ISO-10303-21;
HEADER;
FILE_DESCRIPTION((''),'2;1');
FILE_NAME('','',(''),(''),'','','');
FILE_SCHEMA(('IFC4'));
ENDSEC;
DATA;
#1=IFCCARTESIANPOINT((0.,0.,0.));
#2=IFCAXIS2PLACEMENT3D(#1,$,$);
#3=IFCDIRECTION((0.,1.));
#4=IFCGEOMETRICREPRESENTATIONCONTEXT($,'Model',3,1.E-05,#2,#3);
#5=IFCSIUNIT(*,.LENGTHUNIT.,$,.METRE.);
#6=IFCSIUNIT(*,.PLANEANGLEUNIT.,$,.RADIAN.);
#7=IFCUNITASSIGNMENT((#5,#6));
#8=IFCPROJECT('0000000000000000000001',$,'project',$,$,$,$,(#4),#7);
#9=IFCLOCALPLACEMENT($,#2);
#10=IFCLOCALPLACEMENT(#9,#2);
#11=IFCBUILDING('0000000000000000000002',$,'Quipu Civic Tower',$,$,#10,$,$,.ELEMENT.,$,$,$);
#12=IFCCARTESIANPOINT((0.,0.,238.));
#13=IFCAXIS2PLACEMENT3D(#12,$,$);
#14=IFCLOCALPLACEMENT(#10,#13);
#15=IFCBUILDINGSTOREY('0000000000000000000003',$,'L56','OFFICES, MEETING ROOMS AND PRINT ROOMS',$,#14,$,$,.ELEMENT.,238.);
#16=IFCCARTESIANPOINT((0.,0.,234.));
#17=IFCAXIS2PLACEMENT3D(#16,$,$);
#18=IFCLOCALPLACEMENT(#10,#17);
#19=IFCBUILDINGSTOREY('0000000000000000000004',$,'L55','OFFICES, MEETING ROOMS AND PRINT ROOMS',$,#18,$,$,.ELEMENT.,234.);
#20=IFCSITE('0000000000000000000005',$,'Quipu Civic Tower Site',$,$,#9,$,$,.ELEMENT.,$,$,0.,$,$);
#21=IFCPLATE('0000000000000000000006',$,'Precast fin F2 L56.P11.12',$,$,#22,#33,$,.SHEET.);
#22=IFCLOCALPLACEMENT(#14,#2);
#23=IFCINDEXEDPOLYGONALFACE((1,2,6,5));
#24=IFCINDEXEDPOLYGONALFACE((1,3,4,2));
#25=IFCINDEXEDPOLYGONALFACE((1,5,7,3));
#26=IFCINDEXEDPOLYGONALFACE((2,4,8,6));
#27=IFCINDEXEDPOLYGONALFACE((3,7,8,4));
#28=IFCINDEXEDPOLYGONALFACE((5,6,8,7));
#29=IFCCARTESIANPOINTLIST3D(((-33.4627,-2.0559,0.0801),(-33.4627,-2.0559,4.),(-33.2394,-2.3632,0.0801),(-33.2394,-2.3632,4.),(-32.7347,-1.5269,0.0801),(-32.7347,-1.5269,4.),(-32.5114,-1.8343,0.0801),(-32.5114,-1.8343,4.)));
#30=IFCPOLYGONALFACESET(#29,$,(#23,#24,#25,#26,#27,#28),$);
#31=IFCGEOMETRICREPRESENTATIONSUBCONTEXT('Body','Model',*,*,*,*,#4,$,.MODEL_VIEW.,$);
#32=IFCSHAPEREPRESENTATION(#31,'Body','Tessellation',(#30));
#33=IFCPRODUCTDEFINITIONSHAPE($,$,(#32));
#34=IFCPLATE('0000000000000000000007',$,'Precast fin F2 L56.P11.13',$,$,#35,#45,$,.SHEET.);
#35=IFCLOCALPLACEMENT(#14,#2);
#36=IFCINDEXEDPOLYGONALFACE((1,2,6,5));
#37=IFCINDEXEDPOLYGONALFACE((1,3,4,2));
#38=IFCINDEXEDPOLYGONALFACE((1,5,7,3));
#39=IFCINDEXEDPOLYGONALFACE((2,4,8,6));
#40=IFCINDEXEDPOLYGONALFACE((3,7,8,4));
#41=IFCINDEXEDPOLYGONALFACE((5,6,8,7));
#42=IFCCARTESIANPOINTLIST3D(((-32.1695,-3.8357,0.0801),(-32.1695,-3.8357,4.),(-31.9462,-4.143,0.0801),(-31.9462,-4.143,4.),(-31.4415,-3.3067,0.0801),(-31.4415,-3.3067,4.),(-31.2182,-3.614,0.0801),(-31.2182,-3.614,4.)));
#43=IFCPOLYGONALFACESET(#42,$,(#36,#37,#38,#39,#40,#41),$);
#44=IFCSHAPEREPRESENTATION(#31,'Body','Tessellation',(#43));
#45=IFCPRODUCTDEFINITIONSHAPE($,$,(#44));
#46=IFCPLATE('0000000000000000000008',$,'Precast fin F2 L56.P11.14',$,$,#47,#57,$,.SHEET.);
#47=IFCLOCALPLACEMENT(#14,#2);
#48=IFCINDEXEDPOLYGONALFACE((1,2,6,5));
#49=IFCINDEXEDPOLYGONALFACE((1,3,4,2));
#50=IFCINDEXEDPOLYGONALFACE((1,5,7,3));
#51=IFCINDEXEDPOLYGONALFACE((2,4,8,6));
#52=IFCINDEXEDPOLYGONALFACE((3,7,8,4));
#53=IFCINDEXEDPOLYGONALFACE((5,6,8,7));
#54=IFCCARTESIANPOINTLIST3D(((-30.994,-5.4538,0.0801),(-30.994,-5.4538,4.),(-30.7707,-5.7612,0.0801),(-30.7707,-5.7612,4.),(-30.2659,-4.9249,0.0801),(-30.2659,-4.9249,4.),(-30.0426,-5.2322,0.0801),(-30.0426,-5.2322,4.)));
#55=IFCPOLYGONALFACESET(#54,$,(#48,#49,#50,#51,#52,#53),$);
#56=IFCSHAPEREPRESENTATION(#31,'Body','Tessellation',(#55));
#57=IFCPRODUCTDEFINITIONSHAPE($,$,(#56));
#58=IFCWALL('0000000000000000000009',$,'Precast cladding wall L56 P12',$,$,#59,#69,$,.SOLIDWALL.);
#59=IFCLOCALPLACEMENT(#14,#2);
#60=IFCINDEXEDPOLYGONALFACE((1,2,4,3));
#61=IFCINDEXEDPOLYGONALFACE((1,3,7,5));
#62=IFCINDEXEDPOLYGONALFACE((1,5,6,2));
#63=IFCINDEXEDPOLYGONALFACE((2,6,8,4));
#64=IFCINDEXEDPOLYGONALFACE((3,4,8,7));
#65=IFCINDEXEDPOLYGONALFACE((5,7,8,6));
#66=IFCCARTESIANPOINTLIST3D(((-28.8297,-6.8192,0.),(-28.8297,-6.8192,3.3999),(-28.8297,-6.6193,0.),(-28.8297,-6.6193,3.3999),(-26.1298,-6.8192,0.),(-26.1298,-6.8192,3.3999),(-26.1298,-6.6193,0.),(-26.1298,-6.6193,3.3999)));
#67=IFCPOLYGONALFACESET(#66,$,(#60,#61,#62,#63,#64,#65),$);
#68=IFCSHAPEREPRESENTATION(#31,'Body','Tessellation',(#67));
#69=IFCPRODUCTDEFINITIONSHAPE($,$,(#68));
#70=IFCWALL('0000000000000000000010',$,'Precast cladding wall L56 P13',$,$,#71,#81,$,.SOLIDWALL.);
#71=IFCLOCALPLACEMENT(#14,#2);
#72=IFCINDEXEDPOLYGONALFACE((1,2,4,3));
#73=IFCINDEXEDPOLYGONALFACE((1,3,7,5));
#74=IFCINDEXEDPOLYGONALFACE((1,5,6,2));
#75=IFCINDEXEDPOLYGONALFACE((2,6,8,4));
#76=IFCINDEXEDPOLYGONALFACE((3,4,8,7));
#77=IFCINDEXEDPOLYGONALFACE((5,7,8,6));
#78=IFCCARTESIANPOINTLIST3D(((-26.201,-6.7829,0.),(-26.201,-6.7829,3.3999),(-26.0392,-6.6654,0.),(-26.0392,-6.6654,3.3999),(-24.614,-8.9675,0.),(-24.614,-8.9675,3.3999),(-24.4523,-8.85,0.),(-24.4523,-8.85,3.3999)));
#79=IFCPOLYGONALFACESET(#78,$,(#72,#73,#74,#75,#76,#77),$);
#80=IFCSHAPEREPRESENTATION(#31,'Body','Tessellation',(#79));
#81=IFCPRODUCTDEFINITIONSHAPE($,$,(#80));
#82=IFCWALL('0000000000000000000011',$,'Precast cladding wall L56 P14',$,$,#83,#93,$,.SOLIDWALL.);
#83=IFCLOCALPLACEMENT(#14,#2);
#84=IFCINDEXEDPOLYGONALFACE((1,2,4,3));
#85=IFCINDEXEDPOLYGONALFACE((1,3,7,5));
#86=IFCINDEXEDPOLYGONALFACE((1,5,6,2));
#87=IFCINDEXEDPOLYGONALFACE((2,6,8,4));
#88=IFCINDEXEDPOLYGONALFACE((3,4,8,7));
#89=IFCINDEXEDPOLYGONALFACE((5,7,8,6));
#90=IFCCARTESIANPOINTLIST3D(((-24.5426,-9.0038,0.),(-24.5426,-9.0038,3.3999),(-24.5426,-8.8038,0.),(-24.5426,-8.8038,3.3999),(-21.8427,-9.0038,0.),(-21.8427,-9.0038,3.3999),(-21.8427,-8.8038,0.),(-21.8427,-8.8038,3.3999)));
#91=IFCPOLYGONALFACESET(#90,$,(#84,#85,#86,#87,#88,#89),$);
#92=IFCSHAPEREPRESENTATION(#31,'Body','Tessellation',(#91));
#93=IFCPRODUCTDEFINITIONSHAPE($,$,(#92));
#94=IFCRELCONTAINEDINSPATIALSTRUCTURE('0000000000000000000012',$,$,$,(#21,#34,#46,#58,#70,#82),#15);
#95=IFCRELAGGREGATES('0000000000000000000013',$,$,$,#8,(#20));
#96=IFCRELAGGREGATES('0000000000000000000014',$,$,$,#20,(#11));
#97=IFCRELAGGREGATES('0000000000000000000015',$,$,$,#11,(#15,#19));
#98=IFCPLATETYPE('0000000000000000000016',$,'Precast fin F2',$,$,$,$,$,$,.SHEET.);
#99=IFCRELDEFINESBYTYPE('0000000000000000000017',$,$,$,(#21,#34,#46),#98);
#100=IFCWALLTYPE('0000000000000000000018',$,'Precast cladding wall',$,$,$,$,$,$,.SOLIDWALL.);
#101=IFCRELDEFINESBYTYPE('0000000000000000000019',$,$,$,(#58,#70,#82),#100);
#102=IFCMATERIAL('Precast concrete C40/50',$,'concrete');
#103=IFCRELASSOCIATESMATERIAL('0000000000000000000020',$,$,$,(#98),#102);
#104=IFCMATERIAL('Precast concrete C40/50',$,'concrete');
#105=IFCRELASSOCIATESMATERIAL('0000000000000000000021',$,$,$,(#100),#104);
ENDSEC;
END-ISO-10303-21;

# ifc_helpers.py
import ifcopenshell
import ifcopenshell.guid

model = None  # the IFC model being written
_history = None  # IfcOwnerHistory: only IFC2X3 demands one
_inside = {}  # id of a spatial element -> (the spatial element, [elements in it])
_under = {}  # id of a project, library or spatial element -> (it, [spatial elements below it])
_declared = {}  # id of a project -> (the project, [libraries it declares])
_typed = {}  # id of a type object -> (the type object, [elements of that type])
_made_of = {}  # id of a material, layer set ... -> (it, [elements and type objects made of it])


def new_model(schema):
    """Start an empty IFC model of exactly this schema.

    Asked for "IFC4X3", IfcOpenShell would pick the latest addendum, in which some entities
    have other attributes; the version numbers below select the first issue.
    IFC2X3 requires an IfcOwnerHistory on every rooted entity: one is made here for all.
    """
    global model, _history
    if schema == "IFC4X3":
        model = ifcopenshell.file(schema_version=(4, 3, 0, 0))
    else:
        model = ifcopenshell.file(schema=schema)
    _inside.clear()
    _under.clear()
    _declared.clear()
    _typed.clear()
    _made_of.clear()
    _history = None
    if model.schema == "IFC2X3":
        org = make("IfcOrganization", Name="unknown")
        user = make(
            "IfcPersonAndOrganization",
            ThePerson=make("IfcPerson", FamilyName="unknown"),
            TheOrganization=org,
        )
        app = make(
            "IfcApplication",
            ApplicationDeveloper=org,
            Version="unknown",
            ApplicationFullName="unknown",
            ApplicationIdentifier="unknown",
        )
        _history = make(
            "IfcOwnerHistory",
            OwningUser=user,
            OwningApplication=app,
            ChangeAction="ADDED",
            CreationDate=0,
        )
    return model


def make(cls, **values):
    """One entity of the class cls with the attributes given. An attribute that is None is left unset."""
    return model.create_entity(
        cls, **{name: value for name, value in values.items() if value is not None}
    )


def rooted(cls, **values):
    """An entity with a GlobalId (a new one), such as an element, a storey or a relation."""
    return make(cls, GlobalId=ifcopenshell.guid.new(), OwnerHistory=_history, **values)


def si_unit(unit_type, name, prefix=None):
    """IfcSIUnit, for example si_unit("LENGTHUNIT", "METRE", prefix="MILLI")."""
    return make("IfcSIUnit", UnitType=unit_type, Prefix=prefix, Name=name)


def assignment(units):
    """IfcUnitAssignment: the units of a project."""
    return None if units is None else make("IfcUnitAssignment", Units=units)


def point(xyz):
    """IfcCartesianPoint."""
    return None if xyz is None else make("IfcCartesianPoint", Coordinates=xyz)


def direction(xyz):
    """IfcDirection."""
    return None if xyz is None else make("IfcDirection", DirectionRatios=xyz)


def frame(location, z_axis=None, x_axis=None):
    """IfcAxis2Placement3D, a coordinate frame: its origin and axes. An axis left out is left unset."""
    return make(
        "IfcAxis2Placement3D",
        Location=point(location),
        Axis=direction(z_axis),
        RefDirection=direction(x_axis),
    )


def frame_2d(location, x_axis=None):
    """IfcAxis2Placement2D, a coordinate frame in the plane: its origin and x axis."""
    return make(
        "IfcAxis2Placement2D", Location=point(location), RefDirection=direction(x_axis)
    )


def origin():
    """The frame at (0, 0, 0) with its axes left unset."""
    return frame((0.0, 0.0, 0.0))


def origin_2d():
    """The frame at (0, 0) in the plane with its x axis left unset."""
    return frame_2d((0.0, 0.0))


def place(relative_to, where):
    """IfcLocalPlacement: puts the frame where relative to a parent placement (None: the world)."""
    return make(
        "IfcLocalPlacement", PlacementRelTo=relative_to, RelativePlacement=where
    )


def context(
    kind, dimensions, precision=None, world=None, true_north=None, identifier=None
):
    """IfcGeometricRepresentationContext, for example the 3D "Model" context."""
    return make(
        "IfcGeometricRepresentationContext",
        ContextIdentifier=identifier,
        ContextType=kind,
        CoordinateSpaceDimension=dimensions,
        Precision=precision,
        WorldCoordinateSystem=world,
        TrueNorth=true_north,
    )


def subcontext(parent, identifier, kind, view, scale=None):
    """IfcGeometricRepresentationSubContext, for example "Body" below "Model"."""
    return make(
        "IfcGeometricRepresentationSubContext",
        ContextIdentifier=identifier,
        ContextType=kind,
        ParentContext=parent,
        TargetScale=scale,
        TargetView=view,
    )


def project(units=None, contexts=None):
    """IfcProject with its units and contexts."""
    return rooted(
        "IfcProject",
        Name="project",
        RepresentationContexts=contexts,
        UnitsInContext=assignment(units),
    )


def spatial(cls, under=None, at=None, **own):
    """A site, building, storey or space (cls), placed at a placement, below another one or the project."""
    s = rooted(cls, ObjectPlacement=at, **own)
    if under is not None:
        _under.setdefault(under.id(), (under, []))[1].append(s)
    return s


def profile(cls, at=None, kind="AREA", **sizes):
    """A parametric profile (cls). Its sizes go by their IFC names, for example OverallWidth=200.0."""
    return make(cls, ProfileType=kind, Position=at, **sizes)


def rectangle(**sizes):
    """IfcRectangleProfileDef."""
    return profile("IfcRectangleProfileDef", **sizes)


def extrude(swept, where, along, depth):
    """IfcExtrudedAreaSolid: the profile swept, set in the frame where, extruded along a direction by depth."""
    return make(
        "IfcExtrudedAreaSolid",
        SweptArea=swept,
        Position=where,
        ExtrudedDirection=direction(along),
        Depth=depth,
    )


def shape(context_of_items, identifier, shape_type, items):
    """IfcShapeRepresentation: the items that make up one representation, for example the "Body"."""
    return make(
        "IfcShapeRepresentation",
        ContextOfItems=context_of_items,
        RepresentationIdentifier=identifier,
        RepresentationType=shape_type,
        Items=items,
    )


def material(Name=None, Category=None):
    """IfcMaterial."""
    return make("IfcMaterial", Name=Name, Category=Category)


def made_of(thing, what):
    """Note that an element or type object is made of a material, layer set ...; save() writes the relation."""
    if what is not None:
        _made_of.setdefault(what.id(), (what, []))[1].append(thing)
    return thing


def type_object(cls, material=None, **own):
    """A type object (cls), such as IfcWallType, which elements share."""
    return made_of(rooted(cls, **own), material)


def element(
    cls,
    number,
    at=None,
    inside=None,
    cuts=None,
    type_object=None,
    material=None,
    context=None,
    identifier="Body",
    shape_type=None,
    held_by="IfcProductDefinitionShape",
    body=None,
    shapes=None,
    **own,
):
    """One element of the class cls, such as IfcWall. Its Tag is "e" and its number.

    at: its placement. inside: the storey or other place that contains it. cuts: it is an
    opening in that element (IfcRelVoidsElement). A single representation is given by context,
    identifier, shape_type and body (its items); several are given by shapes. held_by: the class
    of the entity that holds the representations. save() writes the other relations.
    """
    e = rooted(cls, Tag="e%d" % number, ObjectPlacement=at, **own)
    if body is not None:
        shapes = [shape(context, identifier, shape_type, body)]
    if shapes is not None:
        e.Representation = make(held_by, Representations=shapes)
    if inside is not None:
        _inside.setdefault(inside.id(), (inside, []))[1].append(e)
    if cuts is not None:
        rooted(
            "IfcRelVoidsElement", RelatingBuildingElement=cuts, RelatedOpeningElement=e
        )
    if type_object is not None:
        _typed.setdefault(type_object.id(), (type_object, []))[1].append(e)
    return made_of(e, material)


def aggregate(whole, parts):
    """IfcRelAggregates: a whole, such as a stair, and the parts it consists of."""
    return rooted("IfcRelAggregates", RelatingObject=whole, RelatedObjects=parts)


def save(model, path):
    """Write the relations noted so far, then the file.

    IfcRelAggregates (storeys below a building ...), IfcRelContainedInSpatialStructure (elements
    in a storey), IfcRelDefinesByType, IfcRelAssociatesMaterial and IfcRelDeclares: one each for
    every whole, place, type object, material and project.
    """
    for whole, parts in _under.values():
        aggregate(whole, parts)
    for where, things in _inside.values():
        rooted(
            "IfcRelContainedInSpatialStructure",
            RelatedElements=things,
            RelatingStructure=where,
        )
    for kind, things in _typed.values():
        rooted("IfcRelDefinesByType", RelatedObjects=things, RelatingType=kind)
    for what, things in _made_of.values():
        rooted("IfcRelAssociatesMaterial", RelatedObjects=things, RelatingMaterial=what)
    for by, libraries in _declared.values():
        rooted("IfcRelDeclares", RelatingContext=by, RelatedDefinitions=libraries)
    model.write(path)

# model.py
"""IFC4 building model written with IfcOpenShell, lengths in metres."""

from ifc_helpers import new_model, si_unit, direction, frame, frame_2d, origin, origin_2d, place, context, subcontext, project, spatial, rectangle, extrude, material, type_object, element, save


model = new_model("IFC4")

# Units and contexts
model_context = context("Model", 3, precision=1e-05, world=origin(), true_north=direction((0.0, 1.0)))
body_context = subcontext(model_context, "Body", "Model", "MODEL_VIEW")
ifc_project = project(units=[si_unit("LENGTHUNIT", "METRE"), si_unit("PLANEANGLEUNIT", "RADIAN")], contexts=[model_context])

# Site, building, storey
site_placement = place(None, origin())
site = spatial("IfcSite", under=ifc_project, at=site_placement, Name="Quipu Civic Tower Site", CompositionType="ELEMENT", RefElevation=0.0)
building_placement = place(site_placement, origin())
building = spatial("IfcBuilding", under=site, at=building_placement, Name="Quipu Civic Tower", CompositionType="ELEMENT")
storey_1_placement = place(building_placement, frame((0.0, 0.0, 238.0)))
storey_1 = spatial("IfcBuildingStorey", under=building, at=storey_1_placement, Name="L56", Description="OFFICES, MEETING ROOMS AND PRINT ROOMS", CompositionType="ELEMENT", Elevation=238.0)

# Shared definitions
storey_2_placement = place(building_placement, frame((0.0, 0.0, 234.0)))
storey_2 = spatial("IfcBuildingStorey", under=building, at=storey_2_placement, Name="L55", Description="OFFICES, MEETING ROOMS AND PRINT ROOMS", CompositionType="ELEMENT", Elevation=234.0)

# Plates
ifc_material_1 = material(Name="Precast concrete C40/50", Category="concrete")
plate_type_1 = type_object("IfcPlateType", Name="Precast fin F2", PredefinedType="SHEET", material=ifc_material_1)
for number, where, z_axis, x_axis, name in (
    (1, (-32.9871, -1.9451, 0.0801), (0.0, 0.0, 1.0), (0.587786, -0.809017, 0.0), "Precast fin F2 L56.P11.12"),
    (2, (-31.6938, -3.7249, 0.0801), (0.0, 0.0, 1.0), (0.587786, -0.809017, 0.0), "Precast fin F2 L56.P11.13"),
    (3, (-30.5183, -5.343, 0.0801), (0.0, 0.0, 1.0), (0.587786, -0.809017, 0.0), "Precast fin F2 L56.P11.14"),
):
    element("IfcPlate", number, at=place(storey_1_placement, frame(where, z_axis=z_axis, x_axis=x_axis)), inside=storey_1, type_object=plate_type_1, Name=name, PredefinedType="SHEET", context=body_context, shape_type="SweptSolid", body=[
        extrude(rectangle(XDim=0.3799, YDim=0.8999, at=origin_2d()), origin(), (0.0, 0.0, 1.0), 3.9199),
    ])

# Walls
ifc_material_2 = material(Name="Precast concrete C40/50", Category="concrete")
wall_type = type_object("IfcWallType", Name="Precast cladding wall", PredefinedType="SOLIDWALL", material=ifc_material_2)
wall_1_placement = place(storey_1_placement, frame((-28.8298, -6.7192, 0.0), z_axis=(0.0, 0.0, 1.0), x_axis=(1.0, 0.0, 0.0)))
element("IfcWall", 4, at=wall_1_placement, inside=storey_1, type_object=wall_type, Name="Precast cladding wall L56 P12", PredefinedType="SOLIDWALL", context=body_context, shape_type="SweptSolid", body=[
    extrude(rectangle(XDim=2.7, YDim=0.2, at=frame_2d((1.3501, 0.0))), origin(), (0.0, 0.0, 1.0), 3.3999),
])
wall_2_placement = place(storey_1_placement, frame((-26.1201, -6.7241, 0.0), z_axis=(0.0, 0.0, 1.0), x_axis=(0.58772, -0.809064, 0.0)))
element("IfcWall", 5, at=wall_2_placement, inside=storey_1, type_object=wall_type, Name="Precast cladding wall L56 P13", PredefinedType="SOLIDWALL", context=body_context, shape_type="SweptSolid", body=[
    extrude(rectangle(XDim=2.7002, YDim=0.2, at=frame_2d((1.3501, 0.0))), origin(), (0.0, 0.0, 1.0), 3.3999),
])
wall_3_placement = place(storey_1_placement, frame((-24.5427, -8.9038, 0.0), z_axis=(0.0, 0.0, 1.0), x_axis=(1.0, 0.0, 0.0)))
element("IfcWall", 6, at=wall_3_placement, inside=storey_1, type_object=wall_type, Name="Precast cladding wall L56 P14", PredefinedType="SOLIDWALL", context=body_context, shape_type="SweptSolid", body=[
    extrude(rectangle(XDim=2.7, YDim=0.2, at=frame_2d((1.3501, 0.0))), origin(), (0.0, 0.0, 1.0), 3.3999),
])

save(model, "model.ifc")
